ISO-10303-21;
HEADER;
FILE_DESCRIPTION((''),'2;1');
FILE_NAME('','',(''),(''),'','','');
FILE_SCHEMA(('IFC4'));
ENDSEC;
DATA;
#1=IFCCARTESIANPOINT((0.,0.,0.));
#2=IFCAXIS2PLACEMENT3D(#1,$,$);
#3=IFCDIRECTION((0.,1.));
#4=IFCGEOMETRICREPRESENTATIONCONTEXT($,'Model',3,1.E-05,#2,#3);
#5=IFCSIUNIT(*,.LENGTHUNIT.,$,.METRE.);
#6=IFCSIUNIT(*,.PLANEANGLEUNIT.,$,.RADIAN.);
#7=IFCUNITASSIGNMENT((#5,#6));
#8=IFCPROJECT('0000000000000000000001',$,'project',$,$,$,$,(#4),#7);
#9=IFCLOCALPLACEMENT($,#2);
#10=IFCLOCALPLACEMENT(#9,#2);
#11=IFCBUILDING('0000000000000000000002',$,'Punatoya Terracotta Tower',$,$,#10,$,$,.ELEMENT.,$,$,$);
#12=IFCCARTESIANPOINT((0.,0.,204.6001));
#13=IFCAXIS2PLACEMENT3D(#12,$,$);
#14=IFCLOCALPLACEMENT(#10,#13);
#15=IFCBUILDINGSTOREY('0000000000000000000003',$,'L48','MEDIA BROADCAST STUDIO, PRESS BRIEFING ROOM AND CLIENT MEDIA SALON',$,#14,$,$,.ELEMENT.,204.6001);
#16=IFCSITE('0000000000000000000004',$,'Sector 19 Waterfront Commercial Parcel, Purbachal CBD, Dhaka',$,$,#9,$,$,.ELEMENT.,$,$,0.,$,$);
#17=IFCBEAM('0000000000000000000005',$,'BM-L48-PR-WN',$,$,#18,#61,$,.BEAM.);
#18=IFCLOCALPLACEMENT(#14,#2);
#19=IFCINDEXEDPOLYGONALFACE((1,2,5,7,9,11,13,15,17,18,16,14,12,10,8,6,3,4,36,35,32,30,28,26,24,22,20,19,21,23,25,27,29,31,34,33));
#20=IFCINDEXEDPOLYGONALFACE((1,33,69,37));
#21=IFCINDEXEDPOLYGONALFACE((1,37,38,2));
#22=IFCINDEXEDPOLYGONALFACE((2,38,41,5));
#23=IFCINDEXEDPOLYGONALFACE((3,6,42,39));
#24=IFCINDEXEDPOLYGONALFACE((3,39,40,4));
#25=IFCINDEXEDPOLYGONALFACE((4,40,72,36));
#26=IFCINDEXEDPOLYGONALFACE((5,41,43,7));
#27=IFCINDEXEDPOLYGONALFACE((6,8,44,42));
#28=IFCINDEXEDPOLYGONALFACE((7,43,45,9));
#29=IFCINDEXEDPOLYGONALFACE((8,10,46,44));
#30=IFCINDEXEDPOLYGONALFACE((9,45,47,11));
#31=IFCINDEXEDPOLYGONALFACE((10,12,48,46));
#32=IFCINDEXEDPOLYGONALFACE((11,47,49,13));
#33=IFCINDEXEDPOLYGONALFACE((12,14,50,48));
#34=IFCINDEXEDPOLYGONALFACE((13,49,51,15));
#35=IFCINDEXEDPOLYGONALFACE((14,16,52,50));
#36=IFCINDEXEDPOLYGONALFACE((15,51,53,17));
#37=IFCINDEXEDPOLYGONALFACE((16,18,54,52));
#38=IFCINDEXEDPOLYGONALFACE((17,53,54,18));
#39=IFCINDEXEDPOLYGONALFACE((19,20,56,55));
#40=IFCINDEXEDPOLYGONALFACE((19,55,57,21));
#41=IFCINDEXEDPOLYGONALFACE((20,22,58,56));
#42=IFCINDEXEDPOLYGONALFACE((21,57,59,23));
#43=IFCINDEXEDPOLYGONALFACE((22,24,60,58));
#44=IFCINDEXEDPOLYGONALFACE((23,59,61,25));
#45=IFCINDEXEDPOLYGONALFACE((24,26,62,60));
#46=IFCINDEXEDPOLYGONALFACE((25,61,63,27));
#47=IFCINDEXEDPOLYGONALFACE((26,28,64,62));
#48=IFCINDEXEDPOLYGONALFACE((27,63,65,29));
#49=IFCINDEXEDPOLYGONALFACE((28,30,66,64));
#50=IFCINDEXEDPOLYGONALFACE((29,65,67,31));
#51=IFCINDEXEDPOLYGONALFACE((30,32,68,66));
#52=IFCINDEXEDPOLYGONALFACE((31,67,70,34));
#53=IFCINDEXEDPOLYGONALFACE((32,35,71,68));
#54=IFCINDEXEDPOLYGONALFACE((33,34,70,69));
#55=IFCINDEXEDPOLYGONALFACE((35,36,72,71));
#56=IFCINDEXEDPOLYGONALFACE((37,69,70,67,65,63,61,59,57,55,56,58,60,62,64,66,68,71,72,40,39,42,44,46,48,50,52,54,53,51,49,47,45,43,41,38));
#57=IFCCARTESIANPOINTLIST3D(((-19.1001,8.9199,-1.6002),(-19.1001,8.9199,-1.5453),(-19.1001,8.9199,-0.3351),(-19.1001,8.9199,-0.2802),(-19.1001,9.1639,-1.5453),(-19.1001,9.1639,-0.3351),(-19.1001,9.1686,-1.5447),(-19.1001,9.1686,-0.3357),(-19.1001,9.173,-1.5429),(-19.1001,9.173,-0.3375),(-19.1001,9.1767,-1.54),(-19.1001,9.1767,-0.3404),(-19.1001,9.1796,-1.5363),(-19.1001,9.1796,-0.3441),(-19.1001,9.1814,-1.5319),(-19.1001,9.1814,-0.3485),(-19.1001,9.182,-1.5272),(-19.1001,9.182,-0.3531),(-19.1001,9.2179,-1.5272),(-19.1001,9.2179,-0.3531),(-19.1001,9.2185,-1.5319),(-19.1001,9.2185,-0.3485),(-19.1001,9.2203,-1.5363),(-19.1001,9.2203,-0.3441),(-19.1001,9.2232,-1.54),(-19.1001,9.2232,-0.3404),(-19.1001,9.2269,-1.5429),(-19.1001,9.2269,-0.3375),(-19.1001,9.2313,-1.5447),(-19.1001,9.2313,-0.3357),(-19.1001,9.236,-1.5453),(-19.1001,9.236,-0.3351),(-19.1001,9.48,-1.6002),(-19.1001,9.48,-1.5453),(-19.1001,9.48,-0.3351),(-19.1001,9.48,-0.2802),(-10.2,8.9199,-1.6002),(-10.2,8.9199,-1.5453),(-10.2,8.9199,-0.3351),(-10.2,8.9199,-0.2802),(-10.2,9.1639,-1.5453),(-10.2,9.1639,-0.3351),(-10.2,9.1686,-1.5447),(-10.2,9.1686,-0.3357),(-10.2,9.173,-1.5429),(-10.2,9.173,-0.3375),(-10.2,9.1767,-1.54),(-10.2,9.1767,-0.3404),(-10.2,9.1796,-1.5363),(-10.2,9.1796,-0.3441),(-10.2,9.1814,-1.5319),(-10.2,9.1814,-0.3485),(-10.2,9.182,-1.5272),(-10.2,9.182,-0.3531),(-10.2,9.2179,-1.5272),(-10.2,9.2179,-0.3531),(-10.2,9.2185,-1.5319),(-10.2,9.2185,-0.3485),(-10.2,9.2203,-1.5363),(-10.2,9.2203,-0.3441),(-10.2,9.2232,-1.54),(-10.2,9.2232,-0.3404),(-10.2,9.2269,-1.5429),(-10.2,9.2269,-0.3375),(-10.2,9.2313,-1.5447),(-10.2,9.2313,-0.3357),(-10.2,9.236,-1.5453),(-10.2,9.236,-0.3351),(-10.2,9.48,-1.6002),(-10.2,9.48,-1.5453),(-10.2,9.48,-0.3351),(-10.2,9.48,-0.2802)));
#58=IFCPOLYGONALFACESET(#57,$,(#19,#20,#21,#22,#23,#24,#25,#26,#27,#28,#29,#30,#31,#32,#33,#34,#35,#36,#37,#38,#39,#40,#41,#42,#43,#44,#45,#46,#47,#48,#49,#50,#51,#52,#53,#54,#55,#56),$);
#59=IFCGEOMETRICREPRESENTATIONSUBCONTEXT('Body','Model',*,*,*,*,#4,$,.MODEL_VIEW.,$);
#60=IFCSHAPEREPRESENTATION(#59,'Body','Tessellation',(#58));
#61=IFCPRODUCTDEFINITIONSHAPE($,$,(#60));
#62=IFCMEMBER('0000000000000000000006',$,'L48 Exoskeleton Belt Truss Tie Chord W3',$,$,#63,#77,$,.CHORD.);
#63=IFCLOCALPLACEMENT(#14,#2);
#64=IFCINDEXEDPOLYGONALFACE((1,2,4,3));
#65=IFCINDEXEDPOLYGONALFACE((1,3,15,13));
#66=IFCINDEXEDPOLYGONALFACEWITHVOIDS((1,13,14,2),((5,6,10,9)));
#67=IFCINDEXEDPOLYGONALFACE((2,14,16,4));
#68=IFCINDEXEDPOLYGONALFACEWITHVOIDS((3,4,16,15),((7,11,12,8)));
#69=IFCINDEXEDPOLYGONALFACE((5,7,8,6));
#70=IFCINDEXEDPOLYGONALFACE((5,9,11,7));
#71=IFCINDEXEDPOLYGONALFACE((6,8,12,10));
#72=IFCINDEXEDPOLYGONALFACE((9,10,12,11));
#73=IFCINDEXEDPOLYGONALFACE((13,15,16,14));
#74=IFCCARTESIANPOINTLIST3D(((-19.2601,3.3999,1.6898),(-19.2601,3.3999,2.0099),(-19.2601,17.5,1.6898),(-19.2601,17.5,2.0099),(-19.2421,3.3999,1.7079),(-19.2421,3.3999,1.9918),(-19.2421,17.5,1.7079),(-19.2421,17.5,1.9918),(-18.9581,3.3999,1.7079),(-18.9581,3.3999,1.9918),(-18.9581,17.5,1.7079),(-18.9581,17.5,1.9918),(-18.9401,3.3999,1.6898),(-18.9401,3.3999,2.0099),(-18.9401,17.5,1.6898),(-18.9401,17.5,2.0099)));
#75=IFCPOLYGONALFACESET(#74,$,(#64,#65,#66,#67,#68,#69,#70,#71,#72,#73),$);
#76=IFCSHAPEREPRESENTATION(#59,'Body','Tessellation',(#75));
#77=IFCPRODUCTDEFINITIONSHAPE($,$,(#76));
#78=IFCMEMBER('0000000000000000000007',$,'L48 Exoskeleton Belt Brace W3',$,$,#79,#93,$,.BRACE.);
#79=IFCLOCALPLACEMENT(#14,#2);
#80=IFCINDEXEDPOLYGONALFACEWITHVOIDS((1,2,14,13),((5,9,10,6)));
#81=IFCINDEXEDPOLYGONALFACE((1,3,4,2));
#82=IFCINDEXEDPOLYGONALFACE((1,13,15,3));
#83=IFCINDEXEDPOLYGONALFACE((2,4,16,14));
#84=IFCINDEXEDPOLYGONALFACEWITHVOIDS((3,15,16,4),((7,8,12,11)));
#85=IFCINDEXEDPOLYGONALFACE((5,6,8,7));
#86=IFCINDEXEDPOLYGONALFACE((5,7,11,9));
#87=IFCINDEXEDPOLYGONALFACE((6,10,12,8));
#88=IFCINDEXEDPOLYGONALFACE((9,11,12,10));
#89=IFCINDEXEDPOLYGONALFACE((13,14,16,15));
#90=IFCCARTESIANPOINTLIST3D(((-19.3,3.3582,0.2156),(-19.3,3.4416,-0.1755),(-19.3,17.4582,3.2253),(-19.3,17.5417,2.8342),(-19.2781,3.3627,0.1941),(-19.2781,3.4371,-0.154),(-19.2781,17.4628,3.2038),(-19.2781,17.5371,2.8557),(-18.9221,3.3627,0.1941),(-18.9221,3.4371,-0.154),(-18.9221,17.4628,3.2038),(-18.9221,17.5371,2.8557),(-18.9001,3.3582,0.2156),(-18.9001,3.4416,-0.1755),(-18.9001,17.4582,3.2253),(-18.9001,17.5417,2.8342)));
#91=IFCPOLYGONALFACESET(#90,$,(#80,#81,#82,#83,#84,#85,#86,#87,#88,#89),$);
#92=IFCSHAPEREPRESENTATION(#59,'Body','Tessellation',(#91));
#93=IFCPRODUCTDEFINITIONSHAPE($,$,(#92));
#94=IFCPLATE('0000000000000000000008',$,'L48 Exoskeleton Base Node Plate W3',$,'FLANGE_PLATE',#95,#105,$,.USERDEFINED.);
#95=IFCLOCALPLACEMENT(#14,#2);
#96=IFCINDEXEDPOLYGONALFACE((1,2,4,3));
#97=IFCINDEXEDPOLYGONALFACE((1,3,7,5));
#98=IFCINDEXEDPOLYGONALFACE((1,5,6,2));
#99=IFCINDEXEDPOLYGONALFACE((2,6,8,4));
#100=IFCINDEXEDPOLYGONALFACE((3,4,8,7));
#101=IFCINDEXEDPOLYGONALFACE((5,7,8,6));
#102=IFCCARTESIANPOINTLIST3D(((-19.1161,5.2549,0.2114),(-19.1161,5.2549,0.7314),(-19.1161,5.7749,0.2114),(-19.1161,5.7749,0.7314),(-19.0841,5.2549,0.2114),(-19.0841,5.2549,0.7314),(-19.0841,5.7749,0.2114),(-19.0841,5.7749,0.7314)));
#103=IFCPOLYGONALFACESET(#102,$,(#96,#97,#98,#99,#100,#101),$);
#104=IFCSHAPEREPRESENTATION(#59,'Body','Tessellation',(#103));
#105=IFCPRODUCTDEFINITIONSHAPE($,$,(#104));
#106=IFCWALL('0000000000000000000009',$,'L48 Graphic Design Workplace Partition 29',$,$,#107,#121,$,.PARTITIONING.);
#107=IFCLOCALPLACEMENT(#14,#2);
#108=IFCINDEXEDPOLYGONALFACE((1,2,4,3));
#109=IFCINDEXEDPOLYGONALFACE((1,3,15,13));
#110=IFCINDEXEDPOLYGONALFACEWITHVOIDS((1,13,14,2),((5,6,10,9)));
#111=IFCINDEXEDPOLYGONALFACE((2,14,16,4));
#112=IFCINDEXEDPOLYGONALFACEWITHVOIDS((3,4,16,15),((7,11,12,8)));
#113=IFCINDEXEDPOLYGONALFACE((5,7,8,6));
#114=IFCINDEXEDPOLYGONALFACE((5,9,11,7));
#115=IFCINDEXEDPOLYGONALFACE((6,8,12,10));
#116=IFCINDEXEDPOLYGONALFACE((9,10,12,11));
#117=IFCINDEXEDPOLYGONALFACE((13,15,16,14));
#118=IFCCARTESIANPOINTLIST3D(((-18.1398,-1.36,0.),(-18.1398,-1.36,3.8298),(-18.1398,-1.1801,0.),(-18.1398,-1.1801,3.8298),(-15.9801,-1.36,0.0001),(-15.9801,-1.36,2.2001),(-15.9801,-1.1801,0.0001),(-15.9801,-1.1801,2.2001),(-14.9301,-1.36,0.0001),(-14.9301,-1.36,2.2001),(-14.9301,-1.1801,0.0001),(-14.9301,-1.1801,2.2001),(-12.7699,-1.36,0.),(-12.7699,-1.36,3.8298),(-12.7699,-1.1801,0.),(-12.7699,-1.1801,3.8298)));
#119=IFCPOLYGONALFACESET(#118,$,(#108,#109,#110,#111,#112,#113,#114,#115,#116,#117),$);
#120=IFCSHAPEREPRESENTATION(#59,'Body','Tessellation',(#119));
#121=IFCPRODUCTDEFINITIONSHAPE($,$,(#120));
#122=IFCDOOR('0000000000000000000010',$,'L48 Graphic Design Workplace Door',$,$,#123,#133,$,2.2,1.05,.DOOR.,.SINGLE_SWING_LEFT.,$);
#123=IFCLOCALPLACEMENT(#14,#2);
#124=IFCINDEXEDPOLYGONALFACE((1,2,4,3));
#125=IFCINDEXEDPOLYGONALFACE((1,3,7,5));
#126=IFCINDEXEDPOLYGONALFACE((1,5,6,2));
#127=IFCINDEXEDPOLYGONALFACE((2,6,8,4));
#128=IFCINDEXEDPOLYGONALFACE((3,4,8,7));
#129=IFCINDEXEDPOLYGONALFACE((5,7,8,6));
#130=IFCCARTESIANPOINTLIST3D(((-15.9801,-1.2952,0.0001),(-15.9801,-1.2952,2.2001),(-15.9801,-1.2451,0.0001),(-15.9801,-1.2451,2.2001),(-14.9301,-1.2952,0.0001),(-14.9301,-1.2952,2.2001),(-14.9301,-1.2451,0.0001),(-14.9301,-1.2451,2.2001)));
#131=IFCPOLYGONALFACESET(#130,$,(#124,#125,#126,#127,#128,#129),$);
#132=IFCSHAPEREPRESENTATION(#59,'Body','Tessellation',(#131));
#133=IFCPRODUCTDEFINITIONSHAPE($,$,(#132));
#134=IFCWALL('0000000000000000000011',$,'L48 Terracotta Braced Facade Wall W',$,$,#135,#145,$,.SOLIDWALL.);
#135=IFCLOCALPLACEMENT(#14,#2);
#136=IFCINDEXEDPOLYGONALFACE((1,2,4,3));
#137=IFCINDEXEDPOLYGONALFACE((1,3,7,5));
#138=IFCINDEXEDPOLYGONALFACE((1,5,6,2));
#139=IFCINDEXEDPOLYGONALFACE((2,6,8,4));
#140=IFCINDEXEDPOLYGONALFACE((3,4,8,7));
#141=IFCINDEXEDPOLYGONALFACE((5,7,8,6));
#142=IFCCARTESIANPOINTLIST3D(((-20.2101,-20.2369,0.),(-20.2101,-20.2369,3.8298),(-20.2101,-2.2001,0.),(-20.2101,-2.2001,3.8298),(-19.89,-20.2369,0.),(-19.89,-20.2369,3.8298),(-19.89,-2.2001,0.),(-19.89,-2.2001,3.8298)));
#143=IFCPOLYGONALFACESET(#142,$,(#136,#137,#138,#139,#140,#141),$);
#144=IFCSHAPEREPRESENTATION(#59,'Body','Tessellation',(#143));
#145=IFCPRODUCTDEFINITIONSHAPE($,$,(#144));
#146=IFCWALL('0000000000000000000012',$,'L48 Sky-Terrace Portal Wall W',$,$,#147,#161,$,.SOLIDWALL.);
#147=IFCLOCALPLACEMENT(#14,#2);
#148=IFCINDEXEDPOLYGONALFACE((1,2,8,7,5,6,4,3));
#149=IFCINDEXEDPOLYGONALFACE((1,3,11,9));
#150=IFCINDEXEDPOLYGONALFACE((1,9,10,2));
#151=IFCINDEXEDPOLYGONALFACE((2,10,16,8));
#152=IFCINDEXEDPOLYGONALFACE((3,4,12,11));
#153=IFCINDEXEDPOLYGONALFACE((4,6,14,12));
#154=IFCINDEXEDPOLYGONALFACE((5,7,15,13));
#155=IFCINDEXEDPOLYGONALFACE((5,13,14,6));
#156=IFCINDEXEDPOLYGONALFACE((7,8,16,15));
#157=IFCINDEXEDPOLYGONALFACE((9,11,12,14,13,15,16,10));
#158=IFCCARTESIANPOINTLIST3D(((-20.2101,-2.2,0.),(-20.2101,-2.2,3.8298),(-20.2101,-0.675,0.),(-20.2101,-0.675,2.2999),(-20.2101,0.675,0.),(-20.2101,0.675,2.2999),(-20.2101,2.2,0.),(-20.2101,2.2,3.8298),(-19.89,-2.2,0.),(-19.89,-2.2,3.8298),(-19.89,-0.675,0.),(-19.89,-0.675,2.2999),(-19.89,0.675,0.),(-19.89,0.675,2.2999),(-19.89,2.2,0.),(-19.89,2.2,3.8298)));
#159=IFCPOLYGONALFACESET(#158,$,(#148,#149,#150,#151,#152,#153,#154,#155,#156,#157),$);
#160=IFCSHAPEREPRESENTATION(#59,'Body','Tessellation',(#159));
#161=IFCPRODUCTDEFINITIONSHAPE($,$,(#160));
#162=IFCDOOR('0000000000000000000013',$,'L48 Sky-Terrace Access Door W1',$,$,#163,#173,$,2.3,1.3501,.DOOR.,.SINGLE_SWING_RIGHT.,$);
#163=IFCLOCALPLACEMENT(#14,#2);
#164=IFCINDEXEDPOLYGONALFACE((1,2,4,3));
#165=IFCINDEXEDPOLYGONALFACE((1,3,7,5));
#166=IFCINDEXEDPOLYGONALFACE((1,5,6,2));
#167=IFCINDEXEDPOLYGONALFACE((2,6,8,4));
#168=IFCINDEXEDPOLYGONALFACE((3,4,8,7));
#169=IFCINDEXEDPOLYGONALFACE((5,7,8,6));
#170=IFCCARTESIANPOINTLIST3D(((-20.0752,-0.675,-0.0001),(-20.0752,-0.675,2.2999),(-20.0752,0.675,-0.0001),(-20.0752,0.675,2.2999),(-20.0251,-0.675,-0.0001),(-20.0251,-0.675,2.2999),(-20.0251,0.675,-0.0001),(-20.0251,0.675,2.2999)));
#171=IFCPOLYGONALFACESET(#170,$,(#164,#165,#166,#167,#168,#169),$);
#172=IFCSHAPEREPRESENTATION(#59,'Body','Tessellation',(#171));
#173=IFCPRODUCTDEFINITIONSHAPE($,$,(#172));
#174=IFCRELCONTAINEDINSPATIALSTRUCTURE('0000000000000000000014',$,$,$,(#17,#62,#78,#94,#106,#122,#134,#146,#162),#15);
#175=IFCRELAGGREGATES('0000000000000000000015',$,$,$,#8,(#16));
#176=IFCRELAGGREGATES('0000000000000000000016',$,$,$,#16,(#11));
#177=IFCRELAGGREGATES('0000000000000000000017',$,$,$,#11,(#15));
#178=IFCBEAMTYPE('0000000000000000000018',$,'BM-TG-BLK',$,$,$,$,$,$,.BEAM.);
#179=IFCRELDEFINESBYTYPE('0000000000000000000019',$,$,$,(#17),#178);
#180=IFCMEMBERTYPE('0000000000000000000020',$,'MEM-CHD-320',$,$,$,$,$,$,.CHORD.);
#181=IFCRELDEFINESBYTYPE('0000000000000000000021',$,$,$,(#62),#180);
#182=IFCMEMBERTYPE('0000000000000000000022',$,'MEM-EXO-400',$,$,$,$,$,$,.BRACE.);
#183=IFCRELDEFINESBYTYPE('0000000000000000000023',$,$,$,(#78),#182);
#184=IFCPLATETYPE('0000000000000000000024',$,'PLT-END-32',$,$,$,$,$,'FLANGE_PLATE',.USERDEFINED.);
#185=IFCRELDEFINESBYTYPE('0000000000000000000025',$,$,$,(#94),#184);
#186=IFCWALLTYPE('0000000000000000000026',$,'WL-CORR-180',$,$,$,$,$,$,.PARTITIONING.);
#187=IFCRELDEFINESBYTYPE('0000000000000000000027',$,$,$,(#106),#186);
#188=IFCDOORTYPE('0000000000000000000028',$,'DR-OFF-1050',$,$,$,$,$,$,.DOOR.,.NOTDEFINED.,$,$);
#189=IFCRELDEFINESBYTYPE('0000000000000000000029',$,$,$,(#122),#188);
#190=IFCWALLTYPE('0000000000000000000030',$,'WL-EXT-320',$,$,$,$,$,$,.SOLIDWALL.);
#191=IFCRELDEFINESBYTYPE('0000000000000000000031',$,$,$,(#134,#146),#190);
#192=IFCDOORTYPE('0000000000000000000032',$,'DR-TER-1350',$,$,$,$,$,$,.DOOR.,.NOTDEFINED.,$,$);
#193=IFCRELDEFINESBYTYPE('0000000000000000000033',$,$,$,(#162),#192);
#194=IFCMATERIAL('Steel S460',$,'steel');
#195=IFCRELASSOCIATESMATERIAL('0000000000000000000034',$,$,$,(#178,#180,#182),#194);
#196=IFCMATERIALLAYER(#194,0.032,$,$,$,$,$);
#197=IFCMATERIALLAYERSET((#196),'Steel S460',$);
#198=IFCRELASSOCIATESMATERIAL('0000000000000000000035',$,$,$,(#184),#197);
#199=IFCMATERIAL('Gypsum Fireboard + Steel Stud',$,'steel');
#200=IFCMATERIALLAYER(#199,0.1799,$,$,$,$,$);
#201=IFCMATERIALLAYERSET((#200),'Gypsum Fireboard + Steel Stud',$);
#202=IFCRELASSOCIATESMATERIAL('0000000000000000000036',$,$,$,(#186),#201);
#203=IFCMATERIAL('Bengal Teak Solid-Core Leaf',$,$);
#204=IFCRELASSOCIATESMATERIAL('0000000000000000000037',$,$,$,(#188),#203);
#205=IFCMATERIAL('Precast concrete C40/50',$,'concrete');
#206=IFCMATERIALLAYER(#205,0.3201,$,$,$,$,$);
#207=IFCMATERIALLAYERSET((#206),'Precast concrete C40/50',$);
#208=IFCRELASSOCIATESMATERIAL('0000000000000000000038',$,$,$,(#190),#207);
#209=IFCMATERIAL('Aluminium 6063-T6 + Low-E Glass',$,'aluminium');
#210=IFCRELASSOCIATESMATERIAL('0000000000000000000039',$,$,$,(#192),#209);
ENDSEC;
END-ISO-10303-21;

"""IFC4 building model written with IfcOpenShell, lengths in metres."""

from ifc_helpers import new_model, si_unit, direction, frame, frame_2d, origin, origin_2d, place, context, subcontext, project, spatial, rectangle, hollow_rectangle, i_section, extrude, material, layer, layer_set, material_profile, profile_set, type_object, element, fill, save


model = new_model("IFC4")

# Units and contexts
model_context = context("Model", 3, precision=1e-05, world=origin(), true_north=direction((0.0, 1.0)))
body_context = subcontext(model_context, "Body", "Model", "MODEL_VIEW")
ifc_project = project(units=[si_unit("LENGTHUNIT", "METRE"), si_unit("PLANEANGLEUNIT", "RADIAN")], contexts=[model_context])

# Site, building, storey
site_placement = place(None, origin())
site = spatial("IfcSite", under=ifc_project, at=site_placement, Name="Sector 19 Waterfront Commercial Parcel, Purbachal CBD, Dhaka", CompositionType="ELEMENT", RefElevation=0.0)
building_placement = place(site_placement, origin())
building = spatial("IfcBuilding", under=site, at=building_placement, Name="Punatoya Terracotta Tower", CompositionType="ELEMENT")
storey_placement = place(building_placement, frame((0.0, 0.0, 204.6001)))
storey = spatial("IfcBuildingStorey", under=building, at=storey_placement, Name="L48", Description="MEDIA BROADCAST STUDIO, PRESS BRIEFING ROOM AND CLIENT MEDIA SALON", CompositionType="ELEMENT", Elevation=204.6001)

# Shared definitions
ifc_material_1 = material(Name="Steel S460", Category="steel")

# Beam
ifc_material_profile_1 = material_profile(ifc_material_1, i_section(OverallWidth=0.5601, OverallDepth=1.3201, WebThickness=0.0359, FlangeThickness=0.0549, FilletRadius=0.0181, at=origin_2d()))
ifc_profile_set_1 = profile_set([ifc_material_profile_1], Name="Steel S460")
beam_type_1 = type_object("IfcBeamType", Name="BM-TG-BLK", PredefinedType="BEAM", material=ifc_profile_set_1)
for number, where, z_axis, x_axis, name in (
    (1, (-19.1001, 9.2, -0.9402), (1.0, 0.0, 0.0), (0.0, 1.0, 0.0), "BM-L48-PR-WN"),
):
    element("IfcBeam", number, at=place(storey_placement, frame(where, z_axis=z_axis, x_axis=x_axis)), inside=storey, type_object=beam_type_1, Name=name, PredefinedType="BEAM", context=body_context, shape_type="SweptSolid", body=[
        extrude(i_section(OverallWidth=0.5601, OverallDepth=1.3201, WebThickness=0.0359, FlangeThickness=0.0549, FilletRadius=0.0181, at=origin_2d()), origin(), (0.0, 0.0, 1.0), 8.9001),
    ])

# Members
ifc_material_profile_2 = material_profile(ifc_material_1, hollow_rectangle(XDim=0.3201, YDim=0.3201, WallThickness=0.0181, at=origin_2d()))
ifc_profile_set_2 = profile_set([ifc_material_profile_2], Name="Steel S460")
member_type_1 = type_object("IfcMemberType", Name="MEM-CHD-320", PredefinedType="CHORD", material=ifc_profile_set_2)
member_1_placement = place(storey_placement, frame((-19.1001, 3.3999, 1.8499), z_axis=(0.0, 1.0, 0.0), x_axis=(-1.0, 0.0, 0.0)))
element("IfcMember", 2, at=member_1_placement, inside=storey, type_object=member_type_1, Name="L48 Exoskeleton Belt Truss Tie Chord W3", PredefinedType="CHORD", context=body_context, shape_type="SweptSolid", body=[
    extrude(hollow_rectangle(XDim=0.3201, YDim=0.3201, WallThickness=0.0181, at=origin_2d()), origin(), (0.0, 0.0, 1.0), 14.1001),
])
ifc_material_profile_3 = material_profile(ifc_material_1, hollow_rectangle(XDim=0.3999, YDim=0.3999, WallThickness=0.022, at=origin_2d()))
ifc_profile_set_3 = profile_set([ifc_material_profile_3], Name="Steel S460")
member_type_2 = type_object("IfcMemberType", Name="MEM-EXO-400", PredefinedType="BRACE", material=ifc_profile_set_3)
member_2_placement = place(storey_placement, frame((-19.1001, 3.3999, 0.02), z_axis=(0.0, 0.977968, 0.208754), x_axis=(-1.0, 0.0, 0.0)))
element("IfcMember", 3, at=member_2_placement, inside=storey, type_object=member_type_2, Name="L48 Exoskeleton Belt Brace W3", PredefinedType="BRACE", context=body_context, shape_type="SweptSolid", body=[
    extrude(hollow_rectangle(XDim=0.3999, YDim=0.3999, WallThickness=0.022, at=origin_2d()), origin(), (0.0, 0.0, 1.0), 14.4177),
])

# Plate
ifc_layer_1 = layer(ifc_material_1, 0.032)
ifc_layer_set_1 = layer_set([ifc_layer_1], Name="Steel S460")
plate_type = type_object("IfcPlateType", Name="PLT-END-32", ElementType="FLANGE_PLATE", PredefinedType="USERDEFINED", material=ifc_layer_set_1)
plate_placement = place(storey_placement, frame((-19.1001, 5.5149, 0.2114), z_axis=(0.0, 0.0, 1.0), x_axis=(0.0, 1.0, 0.0)))
element("IfcPlate", 4, at=plate_placement, inside=storey, type_object=plate_type, Name="L48 Exoskeleton Base Node Plate W3", ObjectType="FLANGE_PLATE", PredefinedType="USERDEFINED", context=body_context, shape_type="SweptSolid", body=[
    extrude(rectangle(XDim=0.52, YDim=0.032, at=origin_2d()), origin(), (0.0, 0.0, 1.0), 0.52),
])

# Wall, opening, door
ifc_material_2 = material(Name="Gypsum Fireboard + Steel Stud", Category="steel")
ifc_layer_2 = layer(ifc_material_2, 0.1799)
ifc_layer_set_2 = layer_set([ifc_layer_2], Name="Gypsum Fireboard + Steel Stud")
wall_type_1 = type_object("IfcWallType", Name="WL-CORR-180", PredefinedType="PARTITIONING", material=ifc_layer_set_2)
wall_1_placement = place(storey_placement, frame((-18.1399, -1.27, 0.0), z_axis=(0.0, 0.0, 1.0), x_axis=(1.0, 0.0, 0.0)))
wall_1 = element("IfcWall", 5, at=wall_1_placement, inside=storey, type_object=wall_type_1, Name="L48 Graphic Design Workplace Partition 29", PredefinedType="PARTITIONING", context=body_context, shape_type="SweptSolid", body=[
    extrude(rectangle(XDim=5.3699, YDim=0.1799, at=frame_2d((2.6851, 0.0))), origin(), (0.0, 0.0, 1.0), 3.8298),
])
opening_1_placement = place(wall_1_placement, frame((2.1599, 0.0, 0.0)))
opening_1 = element("IfcOpeningElement", 6, at=opening_1_placement, cuts=wall_1, PredefinedType="OPENING", context=body_context, shape_type="SweptSolid", body=[
    extrude(rectangle(XDim=1.05, YDim=2.2, at=frame_2d((0.5249, 1.1001))), frame((0.0, 0.0999, 0.0), z_axis=(0.0, -1.0, 0.0), x_axis=(1.0, 0.0, 0.0)), (0.0, 0.0, 1.0), 0.2),
])
ifc_material_3 = material(Name="Bengal Teak Solid-Core Leaf")
door_type_1 = type_object("IfcDoorType", Name="DR-OFF-1050", OperationType="NOTDEFINED", PredefinedType="DOOR", material=ifc_material_3)
door_1_placement = place(opening_1_placement, origin())
door_1 = element("IfcDoor", 7, at=door_1_placement, inside=storey, type_object=door_type_1, Name="L48 Graphic Design Workplace Door", OperationType="SINGLE_SWING_LEFT", OverallHeight=2.2, OverallWidth=1.05, PredefinedType="DOOR", context=body_context, shape_type="SweptSolid", body=[
    extrude(rectangle(XDim=1.05, YDim=2.2, at=frame_2d((0.5249, 1.1001))), frame((0.0, 0.0249, 0.0), z_axis=(0.0, -1.0, 0.0), x_axis=(1.0, 0.0, 0.0)), (0.0, 0.0, 1.0), 0.05),
])
fill(opening_1, door_1)

# Wall
ifc_material_4 = material(Name="Precast concrete C40/50", Category="concrete")
ifc_layer_3 = layer(ifc_material_4, 0.3201)
ifc_layer_set_3 = layer_set([ifc_layer_3], Name="Precast concrete C40/50")
wall_type_2 = type_object("IfcWallType", Name="WL-EXT-320", PredefinedType="SOLIDWALL", material=ifc_layer_set_3)
wall_2_placement = place(storey_placement, frame((-20.05, -2.2, 0.0), z_axis=(0.0, 0.0, 1.0), x_axis=(0.0, -1.0, 0.0)))
element("IfcWall", 8, at=wall_2_placement, inside=storey, type_object=wall_type_2, Name="L48 Terracotta Braced Facade Wall W", PredefinedType="SOLIDWALL", context=body_context, shape_type="SweptSolid", body=[
    extrude(rectangle(XDim=18.0369, YDim=0.3201, at=frame_2d((9.0186, 0.0))), origin(), (0.0, 0.0, 1.0), 3.8298),
])

# Wall, opening, door
wall_3_placement = place(storey_placement, frame((-20.05, 2.2, 0.0), z_axis=(0.0, 0.0, 1.0), x_axis=(0.0, -1.0, 0.0)))
wall_3 = element("IfcWall", 9, at=wall_3_placement, inside=storey, type_object=wall_type_2, Name="L48 Sky-Terrace Portal Wall W", PredefinedType="SOLIDWALL", context=body_context, shape_type="SweptSolid", body=[
    extrude(rectangle(XDim=4.3999, YDim=0.3201, at=frame_2d((2.2, 0.0))), origin(), (0.0, 0.0, 1.0), 3.8298),
])
opening_2_placement = place(wall_3_placement, frame((1.5249, 0.0, 0.0)))
opening_2 = element("IfcOpeningElement", 10, at=opening_2_placement, cuts=wall_3, PredefinedType="OPENING", context=body_context, shape_type="SweptSolid", body=[
    extrude(rectangle(XDim=1.3501, YDim=2.3, at=frame_2d((0.675, 1.1499))), frame((0.0, 0.1699, 0.0), z_axis=(0.0, -1.0, 0.0), x_axis=(1.0, 0.0, 0.0)), (0.0, 0.0, 1.0), 0.3401),
])
ifc_material_5 = material(Name="Aluminium 6063-T6 + Low-E Glass", Category="aluminium")
door_type_2 = type_object("IfcDoorType", Name="DR-TER-1350", OperationType="NOTDEFINED", PredefinedType="DOOR", material=ifc_material_5)
door_2_placement = place(opening_2_placement, origin())
door_2 = element("IfcDoor", 11, at=door_2_placement, inside=storey, type_object=door_type_2, Name="L48 Sky-Terrace Access Door W1", OperationType="SINGLE_SWING_RIGHT", OverallHeight=2.3, OverallWidth=1.3501, PredefinedType="DOOR", context=body_context, shape_type="SweptSolid", body=[
    extrude(rectangle(XDim=1.3501, YDim=2.3, at=frame_2d((0.675, 1.1499))), frame((0.0, 0.0249, 0.0), z_axis=(0.0, -1.0, 0.0), x_axis=(1.0, 0.0, 0.0)), (0.0, 0.0, 1.0), 0.05),
])
fill(opening_2, door_2)

save(model, "model.ifc")
